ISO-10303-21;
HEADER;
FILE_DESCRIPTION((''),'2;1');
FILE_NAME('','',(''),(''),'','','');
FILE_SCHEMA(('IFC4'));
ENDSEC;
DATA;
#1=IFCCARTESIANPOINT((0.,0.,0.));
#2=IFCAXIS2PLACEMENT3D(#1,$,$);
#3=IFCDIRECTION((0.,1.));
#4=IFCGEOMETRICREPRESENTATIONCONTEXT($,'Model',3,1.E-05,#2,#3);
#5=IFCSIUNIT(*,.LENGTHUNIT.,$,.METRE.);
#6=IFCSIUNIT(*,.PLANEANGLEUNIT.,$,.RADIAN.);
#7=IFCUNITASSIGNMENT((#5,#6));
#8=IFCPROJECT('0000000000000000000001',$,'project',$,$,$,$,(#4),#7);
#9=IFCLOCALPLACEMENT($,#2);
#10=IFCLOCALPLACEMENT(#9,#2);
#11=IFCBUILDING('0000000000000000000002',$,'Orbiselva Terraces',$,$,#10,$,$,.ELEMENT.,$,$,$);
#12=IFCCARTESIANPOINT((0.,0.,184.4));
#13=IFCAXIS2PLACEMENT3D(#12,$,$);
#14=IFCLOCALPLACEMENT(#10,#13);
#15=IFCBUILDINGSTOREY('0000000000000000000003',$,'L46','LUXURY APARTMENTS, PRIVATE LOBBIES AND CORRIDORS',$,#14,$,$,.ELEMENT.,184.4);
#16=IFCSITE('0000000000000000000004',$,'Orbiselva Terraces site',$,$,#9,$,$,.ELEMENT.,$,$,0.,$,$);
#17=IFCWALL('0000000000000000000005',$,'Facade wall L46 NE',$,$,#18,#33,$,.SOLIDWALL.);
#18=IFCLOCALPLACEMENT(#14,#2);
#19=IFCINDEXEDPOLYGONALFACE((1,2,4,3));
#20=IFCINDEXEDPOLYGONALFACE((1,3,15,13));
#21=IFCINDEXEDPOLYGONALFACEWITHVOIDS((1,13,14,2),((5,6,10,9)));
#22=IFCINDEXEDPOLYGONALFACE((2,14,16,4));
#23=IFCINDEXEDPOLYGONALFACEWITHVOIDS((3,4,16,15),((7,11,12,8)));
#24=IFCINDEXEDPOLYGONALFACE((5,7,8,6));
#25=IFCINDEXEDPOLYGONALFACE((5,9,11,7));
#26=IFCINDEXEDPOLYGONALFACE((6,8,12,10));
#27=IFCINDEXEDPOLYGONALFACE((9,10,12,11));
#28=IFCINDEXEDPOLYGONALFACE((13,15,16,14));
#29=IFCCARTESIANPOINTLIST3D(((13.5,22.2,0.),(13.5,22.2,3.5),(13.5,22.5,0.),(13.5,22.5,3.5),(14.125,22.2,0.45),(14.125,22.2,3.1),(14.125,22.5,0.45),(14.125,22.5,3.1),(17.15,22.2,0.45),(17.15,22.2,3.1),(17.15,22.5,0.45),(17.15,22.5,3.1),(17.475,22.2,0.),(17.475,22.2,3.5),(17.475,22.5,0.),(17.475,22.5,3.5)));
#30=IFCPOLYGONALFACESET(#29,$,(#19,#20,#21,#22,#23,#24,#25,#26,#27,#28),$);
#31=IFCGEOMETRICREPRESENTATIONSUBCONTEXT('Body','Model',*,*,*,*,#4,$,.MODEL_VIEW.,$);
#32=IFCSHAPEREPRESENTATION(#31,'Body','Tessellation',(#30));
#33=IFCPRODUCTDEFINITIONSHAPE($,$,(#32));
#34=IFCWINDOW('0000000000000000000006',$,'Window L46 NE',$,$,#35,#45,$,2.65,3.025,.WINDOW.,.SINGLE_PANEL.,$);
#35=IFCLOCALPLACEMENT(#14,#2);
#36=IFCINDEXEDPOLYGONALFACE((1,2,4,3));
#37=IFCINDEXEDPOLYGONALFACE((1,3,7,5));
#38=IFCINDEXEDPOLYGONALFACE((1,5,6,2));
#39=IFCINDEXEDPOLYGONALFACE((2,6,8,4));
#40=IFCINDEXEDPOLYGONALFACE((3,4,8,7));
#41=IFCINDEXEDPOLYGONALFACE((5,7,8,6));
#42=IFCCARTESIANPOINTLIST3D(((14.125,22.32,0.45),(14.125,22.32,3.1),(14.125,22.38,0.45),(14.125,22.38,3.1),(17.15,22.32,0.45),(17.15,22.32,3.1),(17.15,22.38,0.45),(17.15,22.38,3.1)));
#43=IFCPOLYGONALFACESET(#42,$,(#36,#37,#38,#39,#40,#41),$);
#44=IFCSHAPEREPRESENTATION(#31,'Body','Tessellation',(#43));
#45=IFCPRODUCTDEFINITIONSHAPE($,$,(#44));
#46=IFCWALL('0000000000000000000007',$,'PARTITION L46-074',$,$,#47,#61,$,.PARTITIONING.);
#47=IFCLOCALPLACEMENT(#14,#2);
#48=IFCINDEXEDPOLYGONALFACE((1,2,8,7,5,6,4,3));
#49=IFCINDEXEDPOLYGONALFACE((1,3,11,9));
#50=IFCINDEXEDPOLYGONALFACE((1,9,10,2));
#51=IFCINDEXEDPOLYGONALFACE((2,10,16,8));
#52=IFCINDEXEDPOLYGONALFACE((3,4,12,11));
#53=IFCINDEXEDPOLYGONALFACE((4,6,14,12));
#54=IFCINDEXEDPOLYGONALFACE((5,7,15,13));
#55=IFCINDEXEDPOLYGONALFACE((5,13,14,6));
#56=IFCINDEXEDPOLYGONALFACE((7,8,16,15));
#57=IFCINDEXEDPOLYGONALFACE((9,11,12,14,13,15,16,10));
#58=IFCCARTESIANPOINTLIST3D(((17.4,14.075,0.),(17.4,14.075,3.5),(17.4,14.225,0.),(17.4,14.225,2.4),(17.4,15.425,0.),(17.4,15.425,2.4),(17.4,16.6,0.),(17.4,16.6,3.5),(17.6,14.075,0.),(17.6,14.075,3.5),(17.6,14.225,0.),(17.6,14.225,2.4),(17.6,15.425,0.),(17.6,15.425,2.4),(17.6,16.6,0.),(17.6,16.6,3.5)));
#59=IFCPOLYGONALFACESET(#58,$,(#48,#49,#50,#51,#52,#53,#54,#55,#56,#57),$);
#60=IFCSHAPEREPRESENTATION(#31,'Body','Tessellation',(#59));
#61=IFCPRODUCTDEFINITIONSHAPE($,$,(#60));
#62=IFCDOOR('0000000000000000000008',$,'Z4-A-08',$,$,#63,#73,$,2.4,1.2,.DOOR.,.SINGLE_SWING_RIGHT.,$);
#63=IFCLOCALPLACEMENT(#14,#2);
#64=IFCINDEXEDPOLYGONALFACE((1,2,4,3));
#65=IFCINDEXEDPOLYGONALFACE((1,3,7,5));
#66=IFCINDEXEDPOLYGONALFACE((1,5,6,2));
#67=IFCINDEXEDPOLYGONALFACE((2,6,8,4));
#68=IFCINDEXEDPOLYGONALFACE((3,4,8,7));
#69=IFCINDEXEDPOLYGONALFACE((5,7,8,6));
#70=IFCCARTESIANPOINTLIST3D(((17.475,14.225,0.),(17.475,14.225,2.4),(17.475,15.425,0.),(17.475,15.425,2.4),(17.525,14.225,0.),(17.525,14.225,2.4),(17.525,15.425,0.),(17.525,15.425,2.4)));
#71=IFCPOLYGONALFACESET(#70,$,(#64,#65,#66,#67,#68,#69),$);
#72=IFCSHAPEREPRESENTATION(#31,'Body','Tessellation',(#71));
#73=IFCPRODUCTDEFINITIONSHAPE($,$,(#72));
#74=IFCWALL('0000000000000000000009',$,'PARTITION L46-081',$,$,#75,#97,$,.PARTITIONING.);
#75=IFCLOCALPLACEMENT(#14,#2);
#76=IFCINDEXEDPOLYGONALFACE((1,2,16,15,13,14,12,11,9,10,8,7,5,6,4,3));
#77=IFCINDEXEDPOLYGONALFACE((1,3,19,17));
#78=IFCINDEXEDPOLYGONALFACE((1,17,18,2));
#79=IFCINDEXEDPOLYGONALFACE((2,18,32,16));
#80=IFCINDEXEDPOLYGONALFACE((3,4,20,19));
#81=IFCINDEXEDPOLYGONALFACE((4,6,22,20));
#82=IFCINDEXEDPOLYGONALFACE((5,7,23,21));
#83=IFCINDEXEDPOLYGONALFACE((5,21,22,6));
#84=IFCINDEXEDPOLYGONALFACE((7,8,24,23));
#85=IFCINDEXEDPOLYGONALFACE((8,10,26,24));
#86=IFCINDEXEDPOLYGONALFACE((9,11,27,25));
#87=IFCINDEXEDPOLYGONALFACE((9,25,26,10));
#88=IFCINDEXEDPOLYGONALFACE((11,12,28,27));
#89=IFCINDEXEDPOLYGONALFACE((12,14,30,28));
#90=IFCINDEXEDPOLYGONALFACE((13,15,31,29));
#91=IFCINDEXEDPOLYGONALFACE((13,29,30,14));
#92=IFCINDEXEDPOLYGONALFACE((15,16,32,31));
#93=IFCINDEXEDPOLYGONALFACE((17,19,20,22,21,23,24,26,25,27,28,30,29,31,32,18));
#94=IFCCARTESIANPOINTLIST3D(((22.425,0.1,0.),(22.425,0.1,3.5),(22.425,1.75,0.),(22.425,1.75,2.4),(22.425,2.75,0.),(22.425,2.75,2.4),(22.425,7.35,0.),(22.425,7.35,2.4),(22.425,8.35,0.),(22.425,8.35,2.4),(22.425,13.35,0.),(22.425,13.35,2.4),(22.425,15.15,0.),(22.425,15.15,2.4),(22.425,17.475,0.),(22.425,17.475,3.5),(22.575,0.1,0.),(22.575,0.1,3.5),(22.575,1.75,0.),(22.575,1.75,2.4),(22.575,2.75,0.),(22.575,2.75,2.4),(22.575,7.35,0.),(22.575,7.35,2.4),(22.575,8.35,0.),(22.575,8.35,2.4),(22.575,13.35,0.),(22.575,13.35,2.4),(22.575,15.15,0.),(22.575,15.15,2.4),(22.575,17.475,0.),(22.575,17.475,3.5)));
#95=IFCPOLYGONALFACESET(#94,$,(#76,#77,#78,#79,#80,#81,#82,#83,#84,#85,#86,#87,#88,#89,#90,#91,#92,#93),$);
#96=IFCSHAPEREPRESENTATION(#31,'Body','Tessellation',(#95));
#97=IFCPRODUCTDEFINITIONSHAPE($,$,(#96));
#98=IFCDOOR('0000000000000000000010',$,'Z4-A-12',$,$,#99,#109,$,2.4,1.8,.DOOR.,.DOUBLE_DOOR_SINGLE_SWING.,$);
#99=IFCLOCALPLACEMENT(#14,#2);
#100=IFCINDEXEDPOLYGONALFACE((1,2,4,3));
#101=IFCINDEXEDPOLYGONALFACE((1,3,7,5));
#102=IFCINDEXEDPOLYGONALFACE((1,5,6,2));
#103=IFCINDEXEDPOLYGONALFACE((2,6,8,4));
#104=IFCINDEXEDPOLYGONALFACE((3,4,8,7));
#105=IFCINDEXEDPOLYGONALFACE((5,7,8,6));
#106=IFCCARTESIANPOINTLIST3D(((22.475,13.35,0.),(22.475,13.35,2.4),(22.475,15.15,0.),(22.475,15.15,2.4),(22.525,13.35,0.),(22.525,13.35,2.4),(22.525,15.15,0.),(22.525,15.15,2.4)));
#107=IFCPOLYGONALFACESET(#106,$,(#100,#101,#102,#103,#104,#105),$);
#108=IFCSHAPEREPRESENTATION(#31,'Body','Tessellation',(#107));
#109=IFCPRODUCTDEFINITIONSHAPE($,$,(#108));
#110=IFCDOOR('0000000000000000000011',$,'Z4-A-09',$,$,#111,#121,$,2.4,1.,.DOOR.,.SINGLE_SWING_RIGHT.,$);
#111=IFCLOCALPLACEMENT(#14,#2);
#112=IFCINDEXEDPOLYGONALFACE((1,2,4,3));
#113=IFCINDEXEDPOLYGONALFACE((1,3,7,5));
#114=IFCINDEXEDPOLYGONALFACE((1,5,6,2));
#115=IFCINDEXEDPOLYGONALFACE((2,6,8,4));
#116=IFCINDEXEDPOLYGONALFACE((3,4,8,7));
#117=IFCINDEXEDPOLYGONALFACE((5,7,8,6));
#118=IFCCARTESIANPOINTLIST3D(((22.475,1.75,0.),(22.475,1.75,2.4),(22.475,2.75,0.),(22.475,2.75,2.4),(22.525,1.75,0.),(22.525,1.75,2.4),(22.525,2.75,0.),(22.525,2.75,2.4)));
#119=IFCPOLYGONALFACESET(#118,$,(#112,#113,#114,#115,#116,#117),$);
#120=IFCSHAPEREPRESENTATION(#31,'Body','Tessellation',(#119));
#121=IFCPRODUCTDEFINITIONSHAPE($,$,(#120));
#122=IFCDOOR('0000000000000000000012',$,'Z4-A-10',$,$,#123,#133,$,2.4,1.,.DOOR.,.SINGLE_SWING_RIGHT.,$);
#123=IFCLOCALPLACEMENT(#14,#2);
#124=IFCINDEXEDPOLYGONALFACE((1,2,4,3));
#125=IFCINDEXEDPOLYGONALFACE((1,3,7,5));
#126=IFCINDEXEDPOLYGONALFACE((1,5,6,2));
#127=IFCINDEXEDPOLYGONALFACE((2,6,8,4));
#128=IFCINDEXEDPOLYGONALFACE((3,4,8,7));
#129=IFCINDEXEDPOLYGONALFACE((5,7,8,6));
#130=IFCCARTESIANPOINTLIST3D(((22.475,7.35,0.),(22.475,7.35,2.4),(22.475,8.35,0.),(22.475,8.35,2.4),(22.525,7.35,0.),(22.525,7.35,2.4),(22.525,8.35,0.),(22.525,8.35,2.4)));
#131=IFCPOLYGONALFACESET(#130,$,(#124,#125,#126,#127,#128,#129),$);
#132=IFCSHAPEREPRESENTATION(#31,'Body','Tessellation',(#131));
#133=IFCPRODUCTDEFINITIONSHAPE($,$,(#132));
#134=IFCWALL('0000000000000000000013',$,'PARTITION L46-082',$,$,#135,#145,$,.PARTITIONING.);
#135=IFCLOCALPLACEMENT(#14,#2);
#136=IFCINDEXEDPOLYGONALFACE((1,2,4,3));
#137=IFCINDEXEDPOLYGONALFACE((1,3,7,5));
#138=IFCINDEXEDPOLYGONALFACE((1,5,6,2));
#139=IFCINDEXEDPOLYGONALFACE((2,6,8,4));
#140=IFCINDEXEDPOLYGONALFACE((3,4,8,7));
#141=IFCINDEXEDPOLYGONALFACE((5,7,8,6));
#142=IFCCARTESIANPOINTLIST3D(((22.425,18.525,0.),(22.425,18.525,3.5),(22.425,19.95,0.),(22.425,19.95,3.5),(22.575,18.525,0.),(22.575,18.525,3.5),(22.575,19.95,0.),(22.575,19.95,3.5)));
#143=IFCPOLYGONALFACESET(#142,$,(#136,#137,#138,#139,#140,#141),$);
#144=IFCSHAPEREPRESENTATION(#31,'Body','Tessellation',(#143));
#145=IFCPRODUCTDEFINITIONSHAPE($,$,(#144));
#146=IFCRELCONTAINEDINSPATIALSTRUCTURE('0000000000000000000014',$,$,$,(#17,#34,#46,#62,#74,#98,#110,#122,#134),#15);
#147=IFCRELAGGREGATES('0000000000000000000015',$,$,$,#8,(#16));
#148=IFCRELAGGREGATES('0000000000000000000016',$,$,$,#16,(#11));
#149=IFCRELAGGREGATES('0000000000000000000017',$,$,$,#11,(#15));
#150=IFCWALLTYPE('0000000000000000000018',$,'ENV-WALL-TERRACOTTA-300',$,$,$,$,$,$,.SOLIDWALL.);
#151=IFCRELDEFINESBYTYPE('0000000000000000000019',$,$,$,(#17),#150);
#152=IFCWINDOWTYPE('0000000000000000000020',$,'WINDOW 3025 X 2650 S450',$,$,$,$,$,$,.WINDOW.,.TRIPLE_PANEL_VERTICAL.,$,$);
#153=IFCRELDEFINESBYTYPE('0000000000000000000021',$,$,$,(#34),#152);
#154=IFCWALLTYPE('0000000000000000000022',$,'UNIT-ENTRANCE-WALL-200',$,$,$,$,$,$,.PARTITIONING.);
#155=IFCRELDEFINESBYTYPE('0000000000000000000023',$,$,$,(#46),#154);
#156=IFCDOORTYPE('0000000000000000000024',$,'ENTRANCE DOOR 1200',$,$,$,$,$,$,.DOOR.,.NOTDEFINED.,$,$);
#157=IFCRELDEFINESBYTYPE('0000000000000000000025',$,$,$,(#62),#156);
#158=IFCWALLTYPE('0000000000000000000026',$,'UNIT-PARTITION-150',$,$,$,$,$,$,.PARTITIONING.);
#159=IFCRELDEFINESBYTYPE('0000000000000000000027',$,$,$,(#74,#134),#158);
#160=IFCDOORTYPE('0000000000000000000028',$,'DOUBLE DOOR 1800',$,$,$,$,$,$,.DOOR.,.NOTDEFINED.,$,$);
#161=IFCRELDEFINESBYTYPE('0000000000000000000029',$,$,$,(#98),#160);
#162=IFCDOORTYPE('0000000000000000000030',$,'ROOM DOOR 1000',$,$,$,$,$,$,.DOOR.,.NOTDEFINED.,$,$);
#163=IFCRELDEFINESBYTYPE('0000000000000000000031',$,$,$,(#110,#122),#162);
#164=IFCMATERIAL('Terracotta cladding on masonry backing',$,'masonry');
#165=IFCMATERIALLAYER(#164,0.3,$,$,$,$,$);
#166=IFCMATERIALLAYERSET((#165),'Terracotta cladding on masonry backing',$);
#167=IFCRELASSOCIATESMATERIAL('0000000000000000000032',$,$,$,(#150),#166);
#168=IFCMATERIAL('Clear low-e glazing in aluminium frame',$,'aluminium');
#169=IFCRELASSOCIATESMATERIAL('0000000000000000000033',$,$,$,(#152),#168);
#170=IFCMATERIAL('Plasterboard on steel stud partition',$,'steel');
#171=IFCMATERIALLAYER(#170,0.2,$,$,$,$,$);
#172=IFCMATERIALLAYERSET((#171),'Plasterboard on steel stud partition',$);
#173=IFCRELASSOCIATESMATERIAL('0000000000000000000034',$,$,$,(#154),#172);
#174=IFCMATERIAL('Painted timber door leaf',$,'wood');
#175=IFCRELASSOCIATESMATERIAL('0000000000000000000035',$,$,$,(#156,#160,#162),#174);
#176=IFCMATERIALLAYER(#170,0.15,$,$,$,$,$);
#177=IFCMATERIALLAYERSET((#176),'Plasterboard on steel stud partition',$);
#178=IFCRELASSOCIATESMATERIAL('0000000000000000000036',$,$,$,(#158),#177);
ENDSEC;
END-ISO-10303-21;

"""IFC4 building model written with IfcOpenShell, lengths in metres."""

from ifc_helpers import new_model, si_unit, direction, frame, frame_2d, origin, place, context, subcontext, project, spatial, rectangle, extrude, material, layer, layer_set, type_object, element, fill, save


model = new_model("IFC4")

# Units and contexts
model_context = context("Model", 3, precision=1e-05, world=origin(), true_north=direction((0.0, 1.0)))
body_context = subcontext(model_context, "Body", "Model", "MODEL_VIEW")
ifc_project = project(units=[si_unit("LENGTHUNIT", "METRE"), si_unit("PLANEANGLEUNIT", "RADIAN")], contexts=[model_context])

# Site, building, storey
site_placement = place(None, origin())
site = spatial("IfcSite", under=ifc_project, at=site_placement, Name="Orbiselva Terraces site", CompositionType="ELEMENT", RefElevation=0.0)
building_placement = place(site_placement, origin())
building = spatial("IfcBuilding", under=site, at=building_placement, Name="Orbiselva Terraces", CompositionType="ELEMENT")
storey_placement = place(building_placement, frame((0.0, 0.0, 184.4)))
storey = spatial("IfcBuildingStorey", under=building, at=storey_placement, Name="L46", Description="LUXURY APARTMENTS, PRIVATE LOBBIES AND CORRIDORS", CompositionType="ELEMENT", Elevation=184.4)

# Shared definitions
ifc_material_1 = material(Name="Terracotta cladding on masonry backing", Category="masonry")
ifc_layer_1 = layer(ifc_material_1, 0.3)
ifc_layer_set_1 = layer_set([ifc_layer_1], Name="Terracotta cladding on masonry backing")
wall_type_1 = type_object("IfcWallType", Name="ENV-WALL-TERRACOTTA-300", PredefinedType="SOLIDWALL", material=ifc_layer_set_1)
ifc_material_2 = material(Name="Clear low-e glazing in aluminium frame", Category="aluminium")

# Wall, opening, window
wall_1_placement = place(storey_placement, frame((13.5, 22.35, 0.0), z_axis=(0.0, 0.0, 1.0), x_axis=(1.0, 0.0, 0.0)))
wall_1 = element("IfcWall", 1, at=wall_1_placement, inside=storey, type_object=wall_type_1, Name="Facade wall L46 NE", PredefinedType="SOLIDWALL", context=body_context, shape_type="SweptSolid", body=[
    extrude(rectangle(XDim=3.975, YDim=0.3, at=frame_2d((1.9875, 0.0))), origin(), (0.0, 0.0, 1.0), 3.5),
])
opening_1_placement = place(wall_1_placement, frame((0.625, 0.0, 0.45)))
opening_1 = element("IfcOpeningElement", 2, at=opening_1_placement, cuts=wall_1, PredefinedType="OPENING", context=body_context, shape_type="SweptSolid", body=[
    extrude(rectangle(XDim=3.025, YDim=2.65, at=frame_2d((1.5125, 1.325))), frame((0.0, 0.16, 0.0), z_axis=(0.0, -1.0, 0.0), x_axis=(1.0, 0.0, 0.0)), (0.0, 0.0, 1.0), 0.32),
])
window_type = type_object("IfcWindowType", Name="WINDOW 3025 X 2650 S450", PartitioningType="TRIPLE_PANEL_VERTICAL", PredefinedType="WINDOW", material=ifc_material_2)
window_placement = place(opening_1_placement, origin())
window = element("IfcWindow", 3, at=window_placement, inside=storey, type_object=window_type, Name="Window L46 NE", OverallHeight=2.65, OverallWidth=3.025, PartitioningType="SINGLE_PANEL", PredefinedType="WINDOW", context=body_context, shape_type="SweptSolid", body=[
    extrude(rectangle(XDim=3.025, YDim=2.65, at=frame_2d((1.5125, 1.325))), frame((0.0, 0.03, 0.0), z_axis=(0.0, -1.0, 0.0), x_axis=(1.0, 0.0, 0.0)), (0.0, 0.0, 1.0), 0.06),
])
fill(opening_1, window)

# Wall, opening, door
ifc_material_3 = material(Name="Plasterboard on steel stud partition", Category="steel")
ifc_layer_2 = layer(ifc_material_3, 0.2)
ifc_layer_set_2 = layer_set([ifc_layer_2], Name="Plasterboard on steel stud partition")
wall_type_2 = type_object("IfcWallType", Name="UNIT-ENTRANCE-WALL-200", PredefinedType="PARTITIONING", material=ifc_layer_set_2)
wall_2_placement = place(storey_placement, frame((17.5, 16.6, 0.0), z_axis=(0.0, 0.0, 1.0), x_axis=(0.0, -1.0, 0.0)))
wall_2 = element("IfcWall", 4, at=wall_2_placement, inside=storey, type_object=wall_type_2, Name="PARTITION L46-074", PredefinedType="PARTITIONING", context=body_context, shape_type="SweptSolid", body=[
    extrude(rectangle(XDim=2.525, YDim=0.2, at=frame_2d((1.2625, 0.0))), origin(), (0.0, 0.0, 1.0), 3.5),
])
opening_2_placement = place(wall_2_placement, frame((1.175, 0.0, 0.0)))
opening_2 = element("IfcOpeningElement", 5, at=opening_2_placement, cuts=wall_2, PredefinedType="OPENING", context=body_context, shape_type="SweptSolid", body=[
    extrude(rectangle(XDim=1.2, YDim=2.4, at=frame_2d((0.6, 1.2))), frame((0.0, 0.11, 0.0), z_axis=(0.0, -1.0, 0.0), x_axis=(1.0, 0.0, 0.0)), (0.0, 0.0, 1.0), 0.22),
])
ifc_material_4 = material(Name="Painted timber door leaf", Category="wood")
door_type_1 = type_object("IfcDoorType", Name="ENTRANCE DOOR 1200", OperationType="NOTDEFINED", PredefinedType="DOOR", material=ifc_material_4)
door_1_placement = place(opening_2_placement, origin())
door_1 = element("IfcDoor", 6, at=door_1_placement, inside=storey, type_object=door_type_1, Name="Z4-A-08", OperationType="SINGLE_SWING_RIGHT", OverallHeight=2.4, OverallWidth=1.2, PredefinedType="DOOR", context=body_context, shape_type="SweptSolid", body=[
    extrude(rectangle(XDim=1.2, YDim=2.4, at=frame_2d((0.6, 1.2))), frame((0.0, 0.025, 0.0), z_axis=(0.0, -1.0, 0.0), x_axis=(1.0, 0.0, 0.0)), (0.0, 0.0, 1.0), 0.05),
])
fill(opening_2, door_1)

# Wall, openings, doors
ifc_layer_3 = layer(ifc_material_3, 0.15)
ifc_layer_set_3 = layer_set([ifc_layer_3], Name="Plasterboard on steel stud partition")
wall_type_3 = type_object("IfcWallType", Name="UNIT-PARTITION-150", PredefinedType="PARTITIONING", material=ifc_layer_set_3)
wall_3_placement = place(storey_placement, frame((22.5, 17.475, 0.0), z_axis=(0.0, 0.0, 1.0), x_axis=(0.0, -1.0, 0.0)))
wall_3 = element("IfcWall", 7, at=wall_3_placement, inside=storey, type_object=wall_type_3, Name="PARTITION L46-081", PredefinedType="PARTITIONING", context=body_context, shape_type="SweptSolid", body=[
    extrude(rectangle(XDim=17.375, YDim=0.15, at=frame_2d((8.6875, 0.0))), origin(), (0.0, 0.0, 1.0), 3.5),
])
opening_3_placement = place(wall_3_placement, frame((14.725, 0.0, 0.0)))
opening_3 = element("IfcOpeningElement", 8, at=opening_3_placement, cuts=wall_3, PredefinedType="OPENING", context=body_context, shape_type="SweptSolid", body=[
    extrude(rectangle(XDim=1.0, YDim=2.4, at=frame_2d((0.5, 1.2))), frame((0.0, 0.085, 0.0), z_axis=(0.0, -1.0, 0.0), x_axis=(1.0, 0.0, 0.0)), (0.0, 0.0, 1.0), 0.17),
])
opening_4_placement = place(wall_3_placement, frame((9.125, 0.0, 0.0)))
opening_4 = element("IfcOpeningElement", 9, at=opening_4_placement, cuts=wall_3, PredefinedType="OPENING", context=body_context, shape_type="SweptSolid", body=[
    extrude(rectangle(XDim=1.0, YDim=2.4, at=frame_2d((0.5, 1.2))), frame((0.0, 0.085, 0.0), z_axis=(0.0, -1.0, 0.0), x_axis=(1.0, 0.0, 0.0)), (0.0, 0.0, 1.0), 0.17),
])
opening_5_placement = place(wall_3_placement, frame((2.325, 0.0, 0.0)))
opening_5 = element("IfcOpeningElement", 10, at=opening_5_placement, cuts=wall_3, PredefinedType="OPENING", context=body_context, shape_type="SweptSolid", body=[
    extrude(rectangle(XDim=1.8, YDim=2.4, at=frame_2d((0.9, 1.2))), frame((0.0, 0.085, 0.0), z_axis=(0.0, -1.0, 0.0), x_axis=(1.0, 0.0, 0.0)), (0.0, 0.0, 1.0), 0.17),
])
door_type_2 = type_object("IfcDoorType", Name="DOUBLE DOOR 1800", OperationType="NOTDEFINED", PredefinedType="DOOR", material=ifc_material_4)
door_2_placement = place(opening_5_placement, origin())
door_2 = element("IfcDoor", 11, at=door_2_placement, inside=storey, type_object=door_type_2, Name="Z4-A-12", OperationType="DOUBLE_DOOR_SINGLE_SWING", OverallHeight=2.4, OverallWidth=1.8, PredefinedType="DOOR", context=body_context, shape_type="SweptSolid", body=[
    extrude(rectangle(XDim=1.8, YDim=2.4, at=frame_2d((0.9, 1.2))), frame((0.0, 0.025, 0.0), z_axis=(0.0, -1.0, 0.0), x_axis=(1.0, 0.0, 0.0)), (0.0, 0.0, 1.0), 0.05),
])
fill(opening_5, door_2)
door_type_3 = type_object("IfcDoorType", Name="ROOM DOOR 1000", OperationType="NOTDEFINED", PredefinedType="DOOR", material=ifc_material_4)
door_3_placement = place(opening_3_placement, origin())
door_3 = element("IfcDoor", 12, at=door_3_placement, inside=storey, type_object=door_type_3, Name="Z4-A-09", OperationType="SINGLE_SWING_RIGHT", OverallHeight=2.4, OverallWidth=1.0, PredefinedType="DOOR", context=body_context, shape_type="SweptSolid", body=[
    extrude(rectangle(XDim=1.0, YDim=2.4, at=frame_2d((0.5, 1.2))), frame((0.0, 0.025, 0.0), z_axis=(0.0, -1.0, 0.0), x_axis=(1.0, 0.0, 0.0)), (0.0, 0.0, 1.0), 0.05),
])
fill(opening_3, door_3)
door_4_placement = place(opening_4_placement, origin())
door_4 = element("IfcDoor", 13, at=door_4_placement, inside=storey, type_object=door_type_3, Name="Z4-A-10", OperationType="SINGLE_SWING_RIGHT", OverallHeight=2.4, OverallWidth=1.0, PredefinedType="DOOR", context=body_context, shape_type="SweptSolid", body=[
    extrude(rectangle(XDim=1.0, YDim=2.4, at=frame_2d((0.5, 1.2))), frame((0.0, 0.025, 0.0), z_axis=(0.0, -1.0, 0.0), x_axis=(1.0, 0.0, 0.0)), (0.0, 0.0, 1.0), 0.05),
])
fill(opening_4, door_4)

# Wall
wall_4_placement = place(storey_placement, frame((22.5, 18.525, 0.0), z_axis=(0.0, 0.0, 1.0), x_axis=(0.0, 1.0, 0.0)))
element("IfcWall", 14, at=wall_4_placement, inside=storey, type_object=wall_type_3, Name="PARTITION L46-082", PredefinedType="PARTITIONING", context=body_context, shape_type="SweptSolid", body=[
    extrude(rectangle(XDim=1.425, YDim=0.15, at=frame_2d((0.7125, 0.0))), origin(), (0.0, 0.0, 1.0), 3.5),
])

save(model, "model.ifc")
